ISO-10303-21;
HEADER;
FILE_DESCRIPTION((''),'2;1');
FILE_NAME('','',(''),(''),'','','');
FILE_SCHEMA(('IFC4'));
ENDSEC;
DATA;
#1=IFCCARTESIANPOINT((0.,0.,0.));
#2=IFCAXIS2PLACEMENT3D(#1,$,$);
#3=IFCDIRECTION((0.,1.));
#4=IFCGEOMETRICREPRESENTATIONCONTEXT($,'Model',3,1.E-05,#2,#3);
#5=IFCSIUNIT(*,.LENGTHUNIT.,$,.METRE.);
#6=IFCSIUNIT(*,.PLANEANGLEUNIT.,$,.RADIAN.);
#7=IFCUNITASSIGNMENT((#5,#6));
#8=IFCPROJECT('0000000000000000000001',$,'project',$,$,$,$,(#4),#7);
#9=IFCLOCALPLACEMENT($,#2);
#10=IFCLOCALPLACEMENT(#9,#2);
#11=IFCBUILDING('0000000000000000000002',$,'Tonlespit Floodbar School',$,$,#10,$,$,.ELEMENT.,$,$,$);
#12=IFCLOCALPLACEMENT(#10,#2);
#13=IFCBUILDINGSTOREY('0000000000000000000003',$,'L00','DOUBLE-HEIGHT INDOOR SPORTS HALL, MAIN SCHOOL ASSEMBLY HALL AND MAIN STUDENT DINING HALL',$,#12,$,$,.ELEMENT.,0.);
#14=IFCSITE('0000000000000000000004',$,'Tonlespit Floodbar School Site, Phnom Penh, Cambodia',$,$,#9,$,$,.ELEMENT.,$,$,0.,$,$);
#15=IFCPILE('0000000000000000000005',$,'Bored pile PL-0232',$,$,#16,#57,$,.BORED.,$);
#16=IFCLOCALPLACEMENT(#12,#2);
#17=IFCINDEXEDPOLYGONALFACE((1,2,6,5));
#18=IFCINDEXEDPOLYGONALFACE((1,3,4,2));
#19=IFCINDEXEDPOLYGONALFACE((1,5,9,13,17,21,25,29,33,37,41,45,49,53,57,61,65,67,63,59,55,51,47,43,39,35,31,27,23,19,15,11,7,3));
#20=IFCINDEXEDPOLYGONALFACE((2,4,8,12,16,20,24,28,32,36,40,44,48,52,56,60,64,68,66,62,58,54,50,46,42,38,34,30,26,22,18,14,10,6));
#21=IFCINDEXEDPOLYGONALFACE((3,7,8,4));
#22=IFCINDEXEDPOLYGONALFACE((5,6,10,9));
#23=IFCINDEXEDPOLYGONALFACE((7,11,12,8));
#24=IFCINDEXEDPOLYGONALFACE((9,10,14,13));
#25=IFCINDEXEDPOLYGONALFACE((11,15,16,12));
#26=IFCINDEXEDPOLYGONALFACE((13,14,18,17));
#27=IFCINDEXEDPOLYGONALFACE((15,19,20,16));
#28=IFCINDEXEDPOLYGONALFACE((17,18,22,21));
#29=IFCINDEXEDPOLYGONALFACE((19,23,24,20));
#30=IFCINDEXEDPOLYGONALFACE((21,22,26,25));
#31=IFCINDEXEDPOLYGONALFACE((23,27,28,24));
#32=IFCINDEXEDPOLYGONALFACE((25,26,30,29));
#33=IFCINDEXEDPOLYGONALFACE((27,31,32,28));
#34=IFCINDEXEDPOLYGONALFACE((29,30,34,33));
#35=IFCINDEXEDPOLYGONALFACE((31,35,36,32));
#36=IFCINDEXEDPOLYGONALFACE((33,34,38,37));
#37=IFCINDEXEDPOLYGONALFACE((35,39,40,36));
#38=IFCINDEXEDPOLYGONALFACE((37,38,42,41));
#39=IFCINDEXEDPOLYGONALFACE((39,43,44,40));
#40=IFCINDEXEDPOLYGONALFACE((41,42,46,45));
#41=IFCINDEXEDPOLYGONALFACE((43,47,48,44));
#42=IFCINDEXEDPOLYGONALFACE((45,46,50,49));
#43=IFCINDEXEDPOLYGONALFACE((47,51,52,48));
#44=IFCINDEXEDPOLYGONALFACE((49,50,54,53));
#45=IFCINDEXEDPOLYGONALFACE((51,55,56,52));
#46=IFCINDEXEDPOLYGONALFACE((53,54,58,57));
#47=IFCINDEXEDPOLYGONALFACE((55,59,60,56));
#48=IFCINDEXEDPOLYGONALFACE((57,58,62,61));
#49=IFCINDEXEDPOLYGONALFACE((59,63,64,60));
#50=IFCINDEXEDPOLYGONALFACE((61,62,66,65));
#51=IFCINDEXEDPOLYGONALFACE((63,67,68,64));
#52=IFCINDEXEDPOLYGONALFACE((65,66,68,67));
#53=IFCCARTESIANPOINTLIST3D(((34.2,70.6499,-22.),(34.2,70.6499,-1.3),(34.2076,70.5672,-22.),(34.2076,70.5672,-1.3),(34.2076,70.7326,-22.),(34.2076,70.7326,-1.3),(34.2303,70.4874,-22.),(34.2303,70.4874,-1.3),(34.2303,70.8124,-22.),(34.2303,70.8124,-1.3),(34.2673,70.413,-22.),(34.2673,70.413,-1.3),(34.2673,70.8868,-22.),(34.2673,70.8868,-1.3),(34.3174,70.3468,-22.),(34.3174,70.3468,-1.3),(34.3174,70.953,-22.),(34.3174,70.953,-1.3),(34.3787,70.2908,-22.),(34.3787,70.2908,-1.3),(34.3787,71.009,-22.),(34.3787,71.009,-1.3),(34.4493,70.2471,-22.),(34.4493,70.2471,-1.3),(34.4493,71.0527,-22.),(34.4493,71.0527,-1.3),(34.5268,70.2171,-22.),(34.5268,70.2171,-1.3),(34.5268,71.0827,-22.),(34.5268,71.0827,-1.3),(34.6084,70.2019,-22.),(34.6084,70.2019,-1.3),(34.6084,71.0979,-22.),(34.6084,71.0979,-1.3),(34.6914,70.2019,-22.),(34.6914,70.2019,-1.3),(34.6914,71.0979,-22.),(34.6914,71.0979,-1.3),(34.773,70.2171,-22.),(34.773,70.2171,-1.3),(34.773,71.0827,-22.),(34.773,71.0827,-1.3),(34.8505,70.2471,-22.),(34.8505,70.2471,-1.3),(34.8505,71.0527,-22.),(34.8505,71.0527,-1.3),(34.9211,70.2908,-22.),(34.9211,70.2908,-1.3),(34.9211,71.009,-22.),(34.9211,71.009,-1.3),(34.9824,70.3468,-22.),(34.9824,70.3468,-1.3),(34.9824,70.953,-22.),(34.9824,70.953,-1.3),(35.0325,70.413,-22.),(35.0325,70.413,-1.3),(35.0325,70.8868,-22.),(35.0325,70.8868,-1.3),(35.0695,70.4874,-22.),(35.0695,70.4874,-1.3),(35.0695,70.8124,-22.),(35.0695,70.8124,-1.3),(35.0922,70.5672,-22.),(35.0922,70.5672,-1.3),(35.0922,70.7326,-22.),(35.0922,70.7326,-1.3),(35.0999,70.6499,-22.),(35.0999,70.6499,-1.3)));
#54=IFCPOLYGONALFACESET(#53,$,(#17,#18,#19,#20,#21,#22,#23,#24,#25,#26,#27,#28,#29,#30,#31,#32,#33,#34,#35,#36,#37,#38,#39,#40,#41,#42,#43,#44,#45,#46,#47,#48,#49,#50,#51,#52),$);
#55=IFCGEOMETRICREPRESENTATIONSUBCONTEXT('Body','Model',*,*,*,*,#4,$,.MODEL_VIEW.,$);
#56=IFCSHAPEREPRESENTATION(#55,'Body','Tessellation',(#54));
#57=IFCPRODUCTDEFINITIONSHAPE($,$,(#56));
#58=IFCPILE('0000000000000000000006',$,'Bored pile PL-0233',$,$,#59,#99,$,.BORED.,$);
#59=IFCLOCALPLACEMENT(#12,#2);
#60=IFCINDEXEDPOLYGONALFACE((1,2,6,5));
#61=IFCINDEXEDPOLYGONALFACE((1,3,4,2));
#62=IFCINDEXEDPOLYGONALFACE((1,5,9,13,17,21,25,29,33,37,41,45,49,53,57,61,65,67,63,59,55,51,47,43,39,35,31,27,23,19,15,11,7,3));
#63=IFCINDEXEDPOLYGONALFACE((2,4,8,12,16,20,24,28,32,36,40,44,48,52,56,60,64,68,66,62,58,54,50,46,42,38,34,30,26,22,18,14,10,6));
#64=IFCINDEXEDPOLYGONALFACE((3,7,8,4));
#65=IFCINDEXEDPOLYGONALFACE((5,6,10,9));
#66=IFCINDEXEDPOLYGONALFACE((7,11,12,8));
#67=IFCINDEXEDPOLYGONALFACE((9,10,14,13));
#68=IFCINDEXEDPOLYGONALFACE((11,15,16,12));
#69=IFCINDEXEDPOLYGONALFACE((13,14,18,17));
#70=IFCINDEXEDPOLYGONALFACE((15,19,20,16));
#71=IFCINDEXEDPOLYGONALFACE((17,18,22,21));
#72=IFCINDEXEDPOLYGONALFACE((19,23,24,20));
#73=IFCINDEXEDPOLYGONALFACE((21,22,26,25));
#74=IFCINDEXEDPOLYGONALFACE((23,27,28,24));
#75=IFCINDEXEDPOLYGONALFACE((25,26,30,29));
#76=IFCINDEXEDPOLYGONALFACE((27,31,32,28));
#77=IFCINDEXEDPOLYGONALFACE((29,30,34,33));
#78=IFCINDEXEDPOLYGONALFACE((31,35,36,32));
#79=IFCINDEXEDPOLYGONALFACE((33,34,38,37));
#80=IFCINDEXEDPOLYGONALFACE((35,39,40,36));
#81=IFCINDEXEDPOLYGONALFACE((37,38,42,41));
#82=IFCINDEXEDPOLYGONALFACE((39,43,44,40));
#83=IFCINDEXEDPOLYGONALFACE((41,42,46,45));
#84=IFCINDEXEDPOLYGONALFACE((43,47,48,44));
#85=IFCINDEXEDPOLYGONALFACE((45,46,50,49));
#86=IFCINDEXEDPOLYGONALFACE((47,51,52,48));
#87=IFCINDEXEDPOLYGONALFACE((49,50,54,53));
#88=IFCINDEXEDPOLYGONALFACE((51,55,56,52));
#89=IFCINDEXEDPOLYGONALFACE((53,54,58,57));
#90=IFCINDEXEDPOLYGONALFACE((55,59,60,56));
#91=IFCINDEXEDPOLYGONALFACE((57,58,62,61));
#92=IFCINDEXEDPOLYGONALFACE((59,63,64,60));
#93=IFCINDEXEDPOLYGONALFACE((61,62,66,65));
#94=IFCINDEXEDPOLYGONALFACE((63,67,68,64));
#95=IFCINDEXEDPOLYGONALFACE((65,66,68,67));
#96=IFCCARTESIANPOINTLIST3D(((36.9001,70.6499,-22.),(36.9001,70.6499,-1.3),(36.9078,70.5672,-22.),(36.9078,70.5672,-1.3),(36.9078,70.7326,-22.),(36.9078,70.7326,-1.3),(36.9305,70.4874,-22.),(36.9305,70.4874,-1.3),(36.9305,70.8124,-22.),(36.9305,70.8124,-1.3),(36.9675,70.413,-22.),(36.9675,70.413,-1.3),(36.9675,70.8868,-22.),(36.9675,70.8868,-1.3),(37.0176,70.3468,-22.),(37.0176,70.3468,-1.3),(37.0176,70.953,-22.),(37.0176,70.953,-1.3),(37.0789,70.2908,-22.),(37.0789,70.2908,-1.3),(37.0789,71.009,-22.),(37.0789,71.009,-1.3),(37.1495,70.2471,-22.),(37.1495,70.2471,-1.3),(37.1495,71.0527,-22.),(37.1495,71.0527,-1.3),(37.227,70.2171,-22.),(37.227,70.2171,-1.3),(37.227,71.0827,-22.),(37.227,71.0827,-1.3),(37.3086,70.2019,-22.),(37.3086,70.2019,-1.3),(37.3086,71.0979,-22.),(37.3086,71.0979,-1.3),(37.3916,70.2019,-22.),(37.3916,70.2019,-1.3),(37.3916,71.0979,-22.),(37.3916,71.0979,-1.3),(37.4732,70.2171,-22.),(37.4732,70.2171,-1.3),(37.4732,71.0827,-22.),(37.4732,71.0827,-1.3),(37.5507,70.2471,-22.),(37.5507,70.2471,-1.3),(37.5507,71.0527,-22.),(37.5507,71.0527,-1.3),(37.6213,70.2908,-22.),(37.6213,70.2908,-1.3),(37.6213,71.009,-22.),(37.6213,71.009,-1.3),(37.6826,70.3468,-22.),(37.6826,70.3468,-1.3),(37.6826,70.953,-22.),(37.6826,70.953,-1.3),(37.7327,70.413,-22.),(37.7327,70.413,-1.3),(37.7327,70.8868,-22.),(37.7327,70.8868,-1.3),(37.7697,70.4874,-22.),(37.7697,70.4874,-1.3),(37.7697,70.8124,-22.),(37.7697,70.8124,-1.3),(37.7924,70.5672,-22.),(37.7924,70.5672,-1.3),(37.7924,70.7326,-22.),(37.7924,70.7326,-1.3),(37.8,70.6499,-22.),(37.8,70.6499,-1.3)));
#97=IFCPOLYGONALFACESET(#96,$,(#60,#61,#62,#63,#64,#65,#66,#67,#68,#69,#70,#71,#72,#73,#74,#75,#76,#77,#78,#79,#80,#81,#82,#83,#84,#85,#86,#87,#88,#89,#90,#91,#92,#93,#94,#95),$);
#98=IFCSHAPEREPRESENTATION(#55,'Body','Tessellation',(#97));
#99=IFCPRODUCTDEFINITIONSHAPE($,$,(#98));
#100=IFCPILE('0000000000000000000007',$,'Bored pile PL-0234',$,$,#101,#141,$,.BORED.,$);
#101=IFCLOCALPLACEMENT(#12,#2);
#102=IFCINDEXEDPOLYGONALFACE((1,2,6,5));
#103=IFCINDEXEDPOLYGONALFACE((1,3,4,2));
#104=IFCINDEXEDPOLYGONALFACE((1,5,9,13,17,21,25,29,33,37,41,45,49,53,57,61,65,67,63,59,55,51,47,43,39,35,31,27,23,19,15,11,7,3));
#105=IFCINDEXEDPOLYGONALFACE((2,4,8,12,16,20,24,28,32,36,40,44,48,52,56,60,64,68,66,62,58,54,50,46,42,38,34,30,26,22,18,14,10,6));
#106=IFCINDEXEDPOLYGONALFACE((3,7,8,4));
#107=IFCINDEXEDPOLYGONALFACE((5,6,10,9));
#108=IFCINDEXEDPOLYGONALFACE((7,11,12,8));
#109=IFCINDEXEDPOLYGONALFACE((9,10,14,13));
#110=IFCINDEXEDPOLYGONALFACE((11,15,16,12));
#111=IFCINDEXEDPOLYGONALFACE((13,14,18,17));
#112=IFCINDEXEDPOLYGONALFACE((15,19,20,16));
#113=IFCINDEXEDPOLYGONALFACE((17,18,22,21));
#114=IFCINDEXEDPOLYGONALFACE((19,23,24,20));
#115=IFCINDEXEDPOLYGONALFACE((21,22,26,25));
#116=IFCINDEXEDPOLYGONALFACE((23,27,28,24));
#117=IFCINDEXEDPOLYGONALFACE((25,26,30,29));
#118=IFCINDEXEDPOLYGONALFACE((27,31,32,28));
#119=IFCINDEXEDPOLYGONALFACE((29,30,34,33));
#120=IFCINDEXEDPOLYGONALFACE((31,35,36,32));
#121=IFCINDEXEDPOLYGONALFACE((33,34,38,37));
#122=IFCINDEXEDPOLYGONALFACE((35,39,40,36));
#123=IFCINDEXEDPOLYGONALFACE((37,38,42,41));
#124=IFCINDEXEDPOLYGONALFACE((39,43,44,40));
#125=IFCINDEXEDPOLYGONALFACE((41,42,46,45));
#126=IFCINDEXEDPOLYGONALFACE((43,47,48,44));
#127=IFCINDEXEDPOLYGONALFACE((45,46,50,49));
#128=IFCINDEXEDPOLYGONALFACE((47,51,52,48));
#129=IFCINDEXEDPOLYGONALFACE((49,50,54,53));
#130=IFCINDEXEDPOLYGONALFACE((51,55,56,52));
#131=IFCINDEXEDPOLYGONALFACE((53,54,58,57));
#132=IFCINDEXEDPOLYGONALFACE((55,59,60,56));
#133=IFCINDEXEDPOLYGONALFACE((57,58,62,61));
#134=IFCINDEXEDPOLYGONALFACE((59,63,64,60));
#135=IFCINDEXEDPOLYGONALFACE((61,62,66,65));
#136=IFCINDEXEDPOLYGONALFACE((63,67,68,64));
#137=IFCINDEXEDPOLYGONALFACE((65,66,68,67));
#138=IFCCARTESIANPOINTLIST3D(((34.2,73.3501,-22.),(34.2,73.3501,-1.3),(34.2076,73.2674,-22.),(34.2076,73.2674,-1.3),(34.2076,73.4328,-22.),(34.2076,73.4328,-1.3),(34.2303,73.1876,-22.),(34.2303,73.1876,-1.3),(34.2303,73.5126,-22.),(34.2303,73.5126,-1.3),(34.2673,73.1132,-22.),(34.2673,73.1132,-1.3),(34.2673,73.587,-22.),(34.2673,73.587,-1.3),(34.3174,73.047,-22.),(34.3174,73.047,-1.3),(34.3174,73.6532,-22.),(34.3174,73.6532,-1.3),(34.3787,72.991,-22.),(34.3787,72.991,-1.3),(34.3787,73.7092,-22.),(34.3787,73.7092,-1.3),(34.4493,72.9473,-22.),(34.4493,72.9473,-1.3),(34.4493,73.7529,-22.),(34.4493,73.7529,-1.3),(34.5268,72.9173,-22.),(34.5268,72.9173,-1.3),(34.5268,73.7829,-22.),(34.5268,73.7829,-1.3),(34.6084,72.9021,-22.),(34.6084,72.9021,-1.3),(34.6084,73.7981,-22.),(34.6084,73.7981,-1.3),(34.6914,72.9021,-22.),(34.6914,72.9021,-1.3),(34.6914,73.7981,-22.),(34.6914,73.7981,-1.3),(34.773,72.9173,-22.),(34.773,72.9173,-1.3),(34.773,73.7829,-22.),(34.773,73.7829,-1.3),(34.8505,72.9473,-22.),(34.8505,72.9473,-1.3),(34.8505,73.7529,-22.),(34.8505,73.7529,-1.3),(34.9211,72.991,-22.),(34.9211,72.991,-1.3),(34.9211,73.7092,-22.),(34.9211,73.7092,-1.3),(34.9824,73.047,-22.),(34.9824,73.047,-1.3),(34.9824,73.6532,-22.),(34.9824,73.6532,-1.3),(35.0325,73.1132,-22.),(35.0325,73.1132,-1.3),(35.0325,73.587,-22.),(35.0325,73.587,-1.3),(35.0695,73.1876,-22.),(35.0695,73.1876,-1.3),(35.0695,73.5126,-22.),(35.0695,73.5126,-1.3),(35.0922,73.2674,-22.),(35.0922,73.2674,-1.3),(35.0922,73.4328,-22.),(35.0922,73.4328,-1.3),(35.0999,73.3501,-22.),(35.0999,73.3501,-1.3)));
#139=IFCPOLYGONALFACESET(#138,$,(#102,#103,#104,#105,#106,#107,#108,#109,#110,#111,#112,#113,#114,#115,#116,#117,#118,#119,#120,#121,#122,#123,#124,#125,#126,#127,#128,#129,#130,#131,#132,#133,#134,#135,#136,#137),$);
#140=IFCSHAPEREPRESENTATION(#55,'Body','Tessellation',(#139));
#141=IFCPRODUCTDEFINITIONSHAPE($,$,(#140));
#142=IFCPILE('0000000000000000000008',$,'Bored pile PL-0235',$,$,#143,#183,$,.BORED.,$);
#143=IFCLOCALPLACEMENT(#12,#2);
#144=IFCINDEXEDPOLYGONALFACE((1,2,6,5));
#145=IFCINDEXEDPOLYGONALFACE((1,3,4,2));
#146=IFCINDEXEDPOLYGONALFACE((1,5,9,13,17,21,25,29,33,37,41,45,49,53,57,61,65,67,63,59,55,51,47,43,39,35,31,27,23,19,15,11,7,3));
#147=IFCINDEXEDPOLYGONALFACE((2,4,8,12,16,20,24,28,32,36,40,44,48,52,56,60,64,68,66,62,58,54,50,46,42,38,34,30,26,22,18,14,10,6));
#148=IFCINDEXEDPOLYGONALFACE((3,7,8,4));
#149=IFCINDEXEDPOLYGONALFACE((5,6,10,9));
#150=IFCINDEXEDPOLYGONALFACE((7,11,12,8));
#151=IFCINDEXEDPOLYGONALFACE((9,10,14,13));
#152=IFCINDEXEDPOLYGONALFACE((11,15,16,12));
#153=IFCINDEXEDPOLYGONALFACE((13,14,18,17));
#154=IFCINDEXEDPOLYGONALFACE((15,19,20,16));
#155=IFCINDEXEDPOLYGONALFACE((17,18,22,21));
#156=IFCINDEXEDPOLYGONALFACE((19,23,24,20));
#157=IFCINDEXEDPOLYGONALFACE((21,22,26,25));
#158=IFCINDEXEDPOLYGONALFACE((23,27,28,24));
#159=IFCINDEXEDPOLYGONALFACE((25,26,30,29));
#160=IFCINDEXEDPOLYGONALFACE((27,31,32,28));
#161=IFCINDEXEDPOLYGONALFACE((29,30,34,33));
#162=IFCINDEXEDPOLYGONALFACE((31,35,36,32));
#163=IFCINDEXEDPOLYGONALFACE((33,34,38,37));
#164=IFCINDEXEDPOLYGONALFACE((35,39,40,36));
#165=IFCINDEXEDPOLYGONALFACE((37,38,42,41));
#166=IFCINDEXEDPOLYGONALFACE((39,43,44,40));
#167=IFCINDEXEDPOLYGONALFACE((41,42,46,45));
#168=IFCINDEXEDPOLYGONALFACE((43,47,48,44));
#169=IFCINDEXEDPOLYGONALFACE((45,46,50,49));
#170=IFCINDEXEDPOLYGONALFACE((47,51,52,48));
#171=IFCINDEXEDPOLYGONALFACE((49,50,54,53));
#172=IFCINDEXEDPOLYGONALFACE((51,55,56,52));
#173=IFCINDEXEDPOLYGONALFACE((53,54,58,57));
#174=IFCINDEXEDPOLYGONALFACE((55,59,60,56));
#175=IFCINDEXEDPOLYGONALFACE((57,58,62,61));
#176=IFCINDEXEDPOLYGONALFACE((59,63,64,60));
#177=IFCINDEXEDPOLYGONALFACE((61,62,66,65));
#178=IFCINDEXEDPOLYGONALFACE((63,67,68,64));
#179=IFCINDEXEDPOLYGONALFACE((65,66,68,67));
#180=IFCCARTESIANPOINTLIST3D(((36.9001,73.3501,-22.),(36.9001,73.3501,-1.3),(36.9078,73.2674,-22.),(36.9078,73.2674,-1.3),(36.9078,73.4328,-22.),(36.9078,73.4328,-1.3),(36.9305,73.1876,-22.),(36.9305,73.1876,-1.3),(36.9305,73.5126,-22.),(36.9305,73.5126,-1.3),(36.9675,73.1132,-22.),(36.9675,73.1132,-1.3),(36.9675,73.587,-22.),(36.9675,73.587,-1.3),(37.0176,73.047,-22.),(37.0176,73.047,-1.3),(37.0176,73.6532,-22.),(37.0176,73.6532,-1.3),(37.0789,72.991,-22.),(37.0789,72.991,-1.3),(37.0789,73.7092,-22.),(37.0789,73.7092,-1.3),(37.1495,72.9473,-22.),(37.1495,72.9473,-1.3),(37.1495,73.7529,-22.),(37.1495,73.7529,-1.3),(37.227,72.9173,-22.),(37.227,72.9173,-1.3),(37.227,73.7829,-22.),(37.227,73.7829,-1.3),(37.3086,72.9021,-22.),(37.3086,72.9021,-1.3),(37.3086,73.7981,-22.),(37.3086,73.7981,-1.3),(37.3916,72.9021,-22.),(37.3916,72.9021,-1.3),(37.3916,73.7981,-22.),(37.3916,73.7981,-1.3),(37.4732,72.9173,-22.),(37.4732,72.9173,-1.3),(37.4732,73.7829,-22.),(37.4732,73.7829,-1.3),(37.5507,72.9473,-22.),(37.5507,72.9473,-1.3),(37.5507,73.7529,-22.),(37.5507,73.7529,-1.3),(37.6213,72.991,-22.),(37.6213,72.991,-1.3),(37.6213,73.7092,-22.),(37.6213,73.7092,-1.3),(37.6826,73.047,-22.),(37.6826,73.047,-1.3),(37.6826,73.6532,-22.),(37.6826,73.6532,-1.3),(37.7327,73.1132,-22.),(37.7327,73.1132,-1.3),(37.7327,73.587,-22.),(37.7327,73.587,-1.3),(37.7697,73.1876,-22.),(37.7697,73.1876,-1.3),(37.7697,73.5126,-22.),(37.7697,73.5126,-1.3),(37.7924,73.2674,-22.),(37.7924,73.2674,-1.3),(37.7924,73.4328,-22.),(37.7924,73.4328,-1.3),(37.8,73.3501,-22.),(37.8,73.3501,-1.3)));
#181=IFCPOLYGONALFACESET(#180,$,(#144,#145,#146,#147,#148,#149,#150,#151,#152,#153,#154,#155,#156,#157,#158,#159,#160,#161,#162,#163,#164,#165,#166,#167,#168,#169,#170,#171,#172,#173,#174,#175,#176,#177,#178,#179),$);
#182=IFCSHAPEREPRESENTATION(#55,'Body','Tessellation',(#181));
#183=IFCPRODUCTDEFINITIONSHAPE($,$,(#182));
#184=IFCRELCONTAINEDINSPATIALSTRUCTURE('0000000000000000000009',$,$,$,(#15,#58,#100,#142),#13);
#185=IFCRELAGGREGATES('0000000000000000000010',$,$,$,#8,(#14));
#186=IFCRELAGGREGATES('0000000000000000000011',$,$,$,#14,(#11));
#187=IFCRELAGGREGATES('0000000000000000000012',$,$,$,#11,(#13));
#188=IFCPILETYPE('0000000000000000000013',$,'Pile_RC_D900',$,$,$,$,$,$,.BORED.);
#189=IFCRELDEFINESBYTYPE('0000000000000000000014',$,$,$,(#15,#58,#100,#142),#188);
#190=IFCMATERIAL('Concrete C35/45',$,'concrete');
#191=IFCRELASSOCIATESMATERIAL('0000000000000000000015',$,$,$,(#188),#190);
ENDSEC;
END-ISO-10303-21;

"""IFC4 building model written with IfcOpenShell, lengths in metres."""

from ifc_helpers import new_model, si_unit, direction, frame, origin, origin_2d, place, context, subcontext, project, spatial, circle, extrude, material, material_profile, profile_set, type_object, element, save


model = new_model("IFC4")

# Units and contexts
model_context = context("Model", 3, precision=1e-05, world=origin(), true_north=direction((0.0, 1.0)))
body_context = subcontext(model_context, "Body", "Model", "MODEL_VIEW")
ifc_project = project(units=[si_unit("LENGTHUNIT", "METRE"), si_unit("PLANEANGLEUNIT", "RADIAN")], contexts=[model_context])

# Site, building, storey
site_placement = place(None, origin())
site = spatial("IfcSite", under=ifc_project, at=site_placement, Name="Tonlespit Floodbar School Site, Phnom Penh, Cambodia", CompositionType="ELEMENT", RefElevation=0.0)
building_placement = place(site_placement, origin())
building = spatial("IfcBuilding", under=site, at=building_placement, Name="Tonlespit Floodbar School", CompositionType="ELEMENT")
storey_placement = place(building_placement, origin())
storey = spatial("IfcBuildingStorey", under=building, at=storey_placement, Name="L00", Description="DOUBLE-HEIGHT INDOOR SPORTS HALL, MAIN SCHOOL ASSEMBLY HALL AND MAIN STUDENT DINING HALL", CompositionType="ELEMENT", Elevation=0.0)

# Piles
ifc_material_1 = material(Name="Concrete C35/45", Category="concrete")
ifc_material_profile_1 = material_profile(ifc_material_1, circle(Radius=0.45, at=origin_2d()), Name="BP D900")
ifc_profile_set_1 = profile_set([ifc_material_profile_1], Name="Concrete C35/45")
pile_type = type_object("IfcPileType", Name="Pile_RC_D900", PredefinedType="BORED", material=ifc_profile_set_1)
for number, where, z_axis, x_axis, name in (
    (1, (34.6499, 70.6499, -1.3), (0.0, 0.0, -1.0), (1.0, 0.0, 0.0), "Bored pile PL-0232"),
    (2, (37.3501, 70.6499, -1.3), (0.0, 0.0, -1.0), (1.0, 0.0, 0.0), "Bored pile PL-0233"),
    (3, (34.6499, 73.3501, -1.3), (0.0, 0.0, -1.0), (1.0, 0.0, 0.0), "Bored pile PL-0234"),
    (4, (37.3501, 73.3501, -1.3), (0.0, 0.0, -1.0), (1.0, 0.0, 0.0), "Bored pile PL-0235"),
):
    element("IfcPile", number, at=place(storey_placement, frame(where, z_axis=z_axis, x_axis=x_axis)), inside=storey, type_object=pile_type, Name=name, PredefinedType="BORED", context=body_context, shape_type="SweptSolid", body=[
        extrude(circle(Radius=0.45, at=origin_2d()), origin(), (0.0, 0.0, 1.0), 20.7),
    ])

save(model, "model.ifc")
